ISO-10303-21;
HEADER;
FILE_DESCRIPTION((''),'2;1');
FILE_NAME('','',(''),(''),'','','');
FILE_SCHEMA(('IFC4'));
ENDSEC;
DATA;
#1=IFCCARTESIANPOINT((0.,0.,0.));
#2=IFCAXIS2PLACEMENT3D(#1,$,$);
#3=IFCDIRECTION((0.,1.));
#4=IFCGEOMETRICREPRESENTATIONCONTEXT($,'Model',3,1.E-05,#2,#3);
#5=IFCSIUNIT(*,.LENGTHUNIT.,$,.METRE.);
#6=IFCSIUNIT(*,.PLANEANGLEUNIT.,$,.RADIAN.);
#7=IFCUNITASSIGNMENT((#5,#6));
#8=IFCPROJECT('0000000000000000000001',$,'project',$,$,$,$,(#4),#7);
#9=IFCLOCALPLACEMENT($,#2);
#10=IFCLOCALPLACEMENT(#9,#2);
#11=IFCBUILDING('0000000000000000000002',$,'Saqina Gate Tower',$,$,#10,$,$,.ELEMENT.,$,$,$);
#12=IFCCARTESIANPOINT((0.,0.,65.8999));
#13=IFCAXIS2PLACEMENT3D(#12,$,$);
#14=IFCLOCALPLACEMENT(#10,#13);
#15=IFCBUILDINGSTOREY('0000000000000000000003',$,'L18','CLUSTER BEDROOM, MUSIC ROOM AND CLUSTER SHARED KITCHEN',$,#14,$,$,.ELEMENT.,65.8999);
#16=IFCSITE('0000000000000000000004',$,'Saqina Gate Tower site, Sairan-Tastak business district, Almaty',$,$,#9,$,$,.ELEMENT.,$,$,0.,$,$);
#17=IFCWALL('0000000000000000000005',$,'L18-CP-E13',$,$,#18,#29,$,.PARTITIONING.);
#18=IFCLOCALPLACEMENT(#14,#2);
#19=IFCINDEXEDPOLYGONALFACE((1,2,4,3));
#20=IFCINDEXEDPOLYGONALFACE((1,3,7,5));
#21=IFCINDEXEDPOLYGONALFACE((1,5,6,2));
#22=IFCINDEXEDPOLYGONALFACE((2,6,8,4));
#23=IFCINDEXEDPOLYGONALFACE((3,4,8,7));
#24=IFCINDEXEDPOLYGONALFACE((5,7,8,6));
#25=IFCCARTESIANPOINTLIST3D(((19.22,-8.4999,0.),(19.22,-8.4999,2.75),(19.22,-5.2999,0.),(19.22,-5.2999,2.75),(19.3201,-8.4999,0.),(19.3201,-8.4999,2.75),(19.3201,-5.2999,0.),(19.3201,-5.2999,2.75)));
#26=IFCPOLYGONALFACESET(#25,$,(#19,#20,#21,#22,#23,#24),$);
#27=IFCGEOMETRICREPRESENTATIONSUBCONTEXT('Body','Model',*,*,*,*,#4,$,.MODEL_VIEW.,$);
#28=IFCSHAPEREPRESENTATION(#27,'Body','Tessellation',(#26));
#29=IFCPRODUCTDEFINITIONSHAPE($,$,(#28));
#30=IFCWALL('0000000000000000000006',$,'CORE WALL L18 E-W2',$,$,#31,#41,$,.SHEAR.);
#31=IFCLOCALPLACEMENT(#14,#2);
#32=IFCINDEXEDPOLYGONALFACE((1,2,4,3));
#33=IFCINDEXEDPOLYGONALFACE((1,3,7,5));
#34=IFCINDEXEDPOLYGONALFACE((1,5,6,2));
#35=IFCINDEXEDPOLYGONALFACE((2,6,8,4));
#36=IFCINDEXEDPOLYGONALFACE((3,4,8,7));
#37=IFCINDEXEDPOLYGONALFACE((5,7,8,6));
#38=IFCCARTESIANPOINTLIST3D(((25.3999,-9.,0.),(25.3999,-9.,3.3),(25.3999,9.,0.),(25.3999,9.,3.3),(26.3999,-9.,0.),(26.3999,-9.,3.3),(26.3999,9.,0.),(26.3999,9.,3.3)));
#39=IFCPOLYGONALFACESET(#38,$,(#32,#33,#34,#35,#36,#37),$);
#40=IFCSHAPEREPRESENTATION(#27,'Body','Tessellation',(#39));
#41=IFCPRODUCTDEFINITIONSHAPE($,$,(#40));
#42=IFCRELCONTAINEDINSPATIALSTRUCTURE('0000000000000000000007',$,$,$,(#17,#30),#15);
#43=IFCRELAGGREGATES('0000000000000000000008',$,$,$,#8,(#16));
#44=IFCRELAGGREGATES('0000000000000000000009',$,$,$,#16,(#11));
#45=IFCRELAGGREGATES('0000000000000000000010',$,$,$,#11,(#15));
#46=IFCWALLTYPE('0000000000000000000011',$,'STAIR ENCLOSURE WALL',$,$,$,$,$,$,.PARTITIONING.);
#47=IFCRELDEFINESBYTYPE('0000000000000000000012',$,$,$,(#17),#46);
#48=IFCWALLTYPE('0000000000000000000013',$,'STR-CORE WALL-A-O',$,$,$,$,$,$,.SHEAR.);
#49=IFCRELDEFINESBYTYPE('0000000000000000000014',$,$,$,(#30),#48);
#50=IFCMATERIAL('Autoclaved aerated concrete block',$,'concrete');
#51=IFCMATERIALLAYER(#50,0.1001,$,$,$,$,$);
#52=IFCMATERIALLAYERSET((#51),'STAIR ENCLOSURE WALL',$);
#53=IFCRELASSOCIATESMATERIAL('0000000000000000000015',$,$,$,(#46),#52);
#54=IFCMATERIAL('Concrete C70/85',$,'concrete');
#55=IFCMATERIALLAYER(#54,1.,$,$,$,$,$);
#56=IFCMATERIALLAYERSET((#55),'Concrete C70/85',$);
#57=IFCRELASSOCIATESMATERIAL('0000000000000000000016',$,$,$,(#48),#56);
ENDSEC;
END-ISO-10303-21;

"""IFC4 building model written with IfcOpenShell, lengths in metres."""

from ifc_helpers import new_model, si_unit, direction, frame, frame_2d, origin, place, context, subcontext, project, spatial, rectangle, extrude, material, layer, layer_set, type_object, element, save


model = new_model("IFC4")

# Units and contexts
model_context = context("Model", 3, precision=1e-05, world=origin(), true_north=direction((0.0, 1.0)))
body_context = subcontext(model_context, "Body", "Model", "MODEL_VIEW")
ifc_project = project(units=[si_unit("LENGTHUNIT", "METRE"), si_unit("PLANEANGLEUNIT", "RADIAN")], contexts=[model_context])

# Site, building, storey
site_placement = place(None, origin())
site = spatial("IfcSite", under=ifc_project, at=site_placement, Name="Saqina Gate Tower site, Sairan-Tastak business district, Almaty", CompositionType="ELEMENT", RefElevation=0.0)
building_placement = place(site_placement, origin())
building = spatial("IfcBuilding", under=site, at=building_placement, Name="Saqina Gate Tower", CompositionType="ELEMENT")
storey_placement = place(building_placement, frame((0.0, 0.0, 65.8999)))
storey = spatial("IfcBuildingStorey", under=building, at=storey_placement, Name="L18", Description="CLUSTER BEDROOM, MUSIC ROOM AND CLUSTER SHARED KITCHEN", CompositionType="ELEMENT", Elevation=65.8999)

# Walls
ifc_material_1 = material(Name="Autoclaved aerated concrete block", Category="concrete")
ifc_layer_1 = layer(ifc_material_1, 0.1001)
ifc_layer_set_1 = layer_set([ifc_layer_1], Name="STAIR ENCLOSURE WALL")
wall_type_1 = type_object("IfcWallType", Name="STAIR ENCLOSURE WALL", PredefinedType="PARTITIONING", material=ifc_layer_set_1)
wall_1_placement = place(storey_placement, frame((19.27, -8.5, 0.0), z_axis=(0.0, 0.0, 1.0), x_axis=(0.0, 1.0, 0.0)))
element("IfcWall", 1, at=wall_1_placement, inside=storey, type_object=wall_type_1, Name="L18-CP-E13", PredefinedType="PARTITIONING", context=body_context, shape_type="SweptSolid", body=[
    extrude(rectangle(XDim=3.2, YDim=0.1001, at=frame_2d((1.6001, 0.0))), origin(), (0.0, 0.0, 1.0), 2.75),
])
ifc_material_2 = material(Name="Concrete C70/85", Category="concrete")
ifc_layer_2 = layer(ifc_material_2, 1.0)
ifc_layer_set_2 = layer_set([ifc_layer_2], Name="Concrete C70/85")
wall_type_2 = type_object("IfcWallType", Name="STR-CORE WALL-A-O", PredefinedType="SHEAR", material=ifc_layer_set_2)
wall_2_placement = place(storey_placement, frame((25.8999, -9.0, 0.0), z_axis=(0.0, 0.0, 1.0), x_axis=(0.0, 1.0, 0.0)))
element("IfcWall", 2, at=wall_2_placement, inside=storey, type_object=wall_type_2, Name="CORE WALL L18 E-W2", PredefinedType="SHEAR", context=body_context, shape_type="SweptSolid", body=[
    extrude(rectangle(XDim=18.0, YDim=1.0, at=frame_2d((9.0, 0.0))), origin(), (0.0, 0.0, 1.0), 3.3),
])

save(model, "model.ifc")
